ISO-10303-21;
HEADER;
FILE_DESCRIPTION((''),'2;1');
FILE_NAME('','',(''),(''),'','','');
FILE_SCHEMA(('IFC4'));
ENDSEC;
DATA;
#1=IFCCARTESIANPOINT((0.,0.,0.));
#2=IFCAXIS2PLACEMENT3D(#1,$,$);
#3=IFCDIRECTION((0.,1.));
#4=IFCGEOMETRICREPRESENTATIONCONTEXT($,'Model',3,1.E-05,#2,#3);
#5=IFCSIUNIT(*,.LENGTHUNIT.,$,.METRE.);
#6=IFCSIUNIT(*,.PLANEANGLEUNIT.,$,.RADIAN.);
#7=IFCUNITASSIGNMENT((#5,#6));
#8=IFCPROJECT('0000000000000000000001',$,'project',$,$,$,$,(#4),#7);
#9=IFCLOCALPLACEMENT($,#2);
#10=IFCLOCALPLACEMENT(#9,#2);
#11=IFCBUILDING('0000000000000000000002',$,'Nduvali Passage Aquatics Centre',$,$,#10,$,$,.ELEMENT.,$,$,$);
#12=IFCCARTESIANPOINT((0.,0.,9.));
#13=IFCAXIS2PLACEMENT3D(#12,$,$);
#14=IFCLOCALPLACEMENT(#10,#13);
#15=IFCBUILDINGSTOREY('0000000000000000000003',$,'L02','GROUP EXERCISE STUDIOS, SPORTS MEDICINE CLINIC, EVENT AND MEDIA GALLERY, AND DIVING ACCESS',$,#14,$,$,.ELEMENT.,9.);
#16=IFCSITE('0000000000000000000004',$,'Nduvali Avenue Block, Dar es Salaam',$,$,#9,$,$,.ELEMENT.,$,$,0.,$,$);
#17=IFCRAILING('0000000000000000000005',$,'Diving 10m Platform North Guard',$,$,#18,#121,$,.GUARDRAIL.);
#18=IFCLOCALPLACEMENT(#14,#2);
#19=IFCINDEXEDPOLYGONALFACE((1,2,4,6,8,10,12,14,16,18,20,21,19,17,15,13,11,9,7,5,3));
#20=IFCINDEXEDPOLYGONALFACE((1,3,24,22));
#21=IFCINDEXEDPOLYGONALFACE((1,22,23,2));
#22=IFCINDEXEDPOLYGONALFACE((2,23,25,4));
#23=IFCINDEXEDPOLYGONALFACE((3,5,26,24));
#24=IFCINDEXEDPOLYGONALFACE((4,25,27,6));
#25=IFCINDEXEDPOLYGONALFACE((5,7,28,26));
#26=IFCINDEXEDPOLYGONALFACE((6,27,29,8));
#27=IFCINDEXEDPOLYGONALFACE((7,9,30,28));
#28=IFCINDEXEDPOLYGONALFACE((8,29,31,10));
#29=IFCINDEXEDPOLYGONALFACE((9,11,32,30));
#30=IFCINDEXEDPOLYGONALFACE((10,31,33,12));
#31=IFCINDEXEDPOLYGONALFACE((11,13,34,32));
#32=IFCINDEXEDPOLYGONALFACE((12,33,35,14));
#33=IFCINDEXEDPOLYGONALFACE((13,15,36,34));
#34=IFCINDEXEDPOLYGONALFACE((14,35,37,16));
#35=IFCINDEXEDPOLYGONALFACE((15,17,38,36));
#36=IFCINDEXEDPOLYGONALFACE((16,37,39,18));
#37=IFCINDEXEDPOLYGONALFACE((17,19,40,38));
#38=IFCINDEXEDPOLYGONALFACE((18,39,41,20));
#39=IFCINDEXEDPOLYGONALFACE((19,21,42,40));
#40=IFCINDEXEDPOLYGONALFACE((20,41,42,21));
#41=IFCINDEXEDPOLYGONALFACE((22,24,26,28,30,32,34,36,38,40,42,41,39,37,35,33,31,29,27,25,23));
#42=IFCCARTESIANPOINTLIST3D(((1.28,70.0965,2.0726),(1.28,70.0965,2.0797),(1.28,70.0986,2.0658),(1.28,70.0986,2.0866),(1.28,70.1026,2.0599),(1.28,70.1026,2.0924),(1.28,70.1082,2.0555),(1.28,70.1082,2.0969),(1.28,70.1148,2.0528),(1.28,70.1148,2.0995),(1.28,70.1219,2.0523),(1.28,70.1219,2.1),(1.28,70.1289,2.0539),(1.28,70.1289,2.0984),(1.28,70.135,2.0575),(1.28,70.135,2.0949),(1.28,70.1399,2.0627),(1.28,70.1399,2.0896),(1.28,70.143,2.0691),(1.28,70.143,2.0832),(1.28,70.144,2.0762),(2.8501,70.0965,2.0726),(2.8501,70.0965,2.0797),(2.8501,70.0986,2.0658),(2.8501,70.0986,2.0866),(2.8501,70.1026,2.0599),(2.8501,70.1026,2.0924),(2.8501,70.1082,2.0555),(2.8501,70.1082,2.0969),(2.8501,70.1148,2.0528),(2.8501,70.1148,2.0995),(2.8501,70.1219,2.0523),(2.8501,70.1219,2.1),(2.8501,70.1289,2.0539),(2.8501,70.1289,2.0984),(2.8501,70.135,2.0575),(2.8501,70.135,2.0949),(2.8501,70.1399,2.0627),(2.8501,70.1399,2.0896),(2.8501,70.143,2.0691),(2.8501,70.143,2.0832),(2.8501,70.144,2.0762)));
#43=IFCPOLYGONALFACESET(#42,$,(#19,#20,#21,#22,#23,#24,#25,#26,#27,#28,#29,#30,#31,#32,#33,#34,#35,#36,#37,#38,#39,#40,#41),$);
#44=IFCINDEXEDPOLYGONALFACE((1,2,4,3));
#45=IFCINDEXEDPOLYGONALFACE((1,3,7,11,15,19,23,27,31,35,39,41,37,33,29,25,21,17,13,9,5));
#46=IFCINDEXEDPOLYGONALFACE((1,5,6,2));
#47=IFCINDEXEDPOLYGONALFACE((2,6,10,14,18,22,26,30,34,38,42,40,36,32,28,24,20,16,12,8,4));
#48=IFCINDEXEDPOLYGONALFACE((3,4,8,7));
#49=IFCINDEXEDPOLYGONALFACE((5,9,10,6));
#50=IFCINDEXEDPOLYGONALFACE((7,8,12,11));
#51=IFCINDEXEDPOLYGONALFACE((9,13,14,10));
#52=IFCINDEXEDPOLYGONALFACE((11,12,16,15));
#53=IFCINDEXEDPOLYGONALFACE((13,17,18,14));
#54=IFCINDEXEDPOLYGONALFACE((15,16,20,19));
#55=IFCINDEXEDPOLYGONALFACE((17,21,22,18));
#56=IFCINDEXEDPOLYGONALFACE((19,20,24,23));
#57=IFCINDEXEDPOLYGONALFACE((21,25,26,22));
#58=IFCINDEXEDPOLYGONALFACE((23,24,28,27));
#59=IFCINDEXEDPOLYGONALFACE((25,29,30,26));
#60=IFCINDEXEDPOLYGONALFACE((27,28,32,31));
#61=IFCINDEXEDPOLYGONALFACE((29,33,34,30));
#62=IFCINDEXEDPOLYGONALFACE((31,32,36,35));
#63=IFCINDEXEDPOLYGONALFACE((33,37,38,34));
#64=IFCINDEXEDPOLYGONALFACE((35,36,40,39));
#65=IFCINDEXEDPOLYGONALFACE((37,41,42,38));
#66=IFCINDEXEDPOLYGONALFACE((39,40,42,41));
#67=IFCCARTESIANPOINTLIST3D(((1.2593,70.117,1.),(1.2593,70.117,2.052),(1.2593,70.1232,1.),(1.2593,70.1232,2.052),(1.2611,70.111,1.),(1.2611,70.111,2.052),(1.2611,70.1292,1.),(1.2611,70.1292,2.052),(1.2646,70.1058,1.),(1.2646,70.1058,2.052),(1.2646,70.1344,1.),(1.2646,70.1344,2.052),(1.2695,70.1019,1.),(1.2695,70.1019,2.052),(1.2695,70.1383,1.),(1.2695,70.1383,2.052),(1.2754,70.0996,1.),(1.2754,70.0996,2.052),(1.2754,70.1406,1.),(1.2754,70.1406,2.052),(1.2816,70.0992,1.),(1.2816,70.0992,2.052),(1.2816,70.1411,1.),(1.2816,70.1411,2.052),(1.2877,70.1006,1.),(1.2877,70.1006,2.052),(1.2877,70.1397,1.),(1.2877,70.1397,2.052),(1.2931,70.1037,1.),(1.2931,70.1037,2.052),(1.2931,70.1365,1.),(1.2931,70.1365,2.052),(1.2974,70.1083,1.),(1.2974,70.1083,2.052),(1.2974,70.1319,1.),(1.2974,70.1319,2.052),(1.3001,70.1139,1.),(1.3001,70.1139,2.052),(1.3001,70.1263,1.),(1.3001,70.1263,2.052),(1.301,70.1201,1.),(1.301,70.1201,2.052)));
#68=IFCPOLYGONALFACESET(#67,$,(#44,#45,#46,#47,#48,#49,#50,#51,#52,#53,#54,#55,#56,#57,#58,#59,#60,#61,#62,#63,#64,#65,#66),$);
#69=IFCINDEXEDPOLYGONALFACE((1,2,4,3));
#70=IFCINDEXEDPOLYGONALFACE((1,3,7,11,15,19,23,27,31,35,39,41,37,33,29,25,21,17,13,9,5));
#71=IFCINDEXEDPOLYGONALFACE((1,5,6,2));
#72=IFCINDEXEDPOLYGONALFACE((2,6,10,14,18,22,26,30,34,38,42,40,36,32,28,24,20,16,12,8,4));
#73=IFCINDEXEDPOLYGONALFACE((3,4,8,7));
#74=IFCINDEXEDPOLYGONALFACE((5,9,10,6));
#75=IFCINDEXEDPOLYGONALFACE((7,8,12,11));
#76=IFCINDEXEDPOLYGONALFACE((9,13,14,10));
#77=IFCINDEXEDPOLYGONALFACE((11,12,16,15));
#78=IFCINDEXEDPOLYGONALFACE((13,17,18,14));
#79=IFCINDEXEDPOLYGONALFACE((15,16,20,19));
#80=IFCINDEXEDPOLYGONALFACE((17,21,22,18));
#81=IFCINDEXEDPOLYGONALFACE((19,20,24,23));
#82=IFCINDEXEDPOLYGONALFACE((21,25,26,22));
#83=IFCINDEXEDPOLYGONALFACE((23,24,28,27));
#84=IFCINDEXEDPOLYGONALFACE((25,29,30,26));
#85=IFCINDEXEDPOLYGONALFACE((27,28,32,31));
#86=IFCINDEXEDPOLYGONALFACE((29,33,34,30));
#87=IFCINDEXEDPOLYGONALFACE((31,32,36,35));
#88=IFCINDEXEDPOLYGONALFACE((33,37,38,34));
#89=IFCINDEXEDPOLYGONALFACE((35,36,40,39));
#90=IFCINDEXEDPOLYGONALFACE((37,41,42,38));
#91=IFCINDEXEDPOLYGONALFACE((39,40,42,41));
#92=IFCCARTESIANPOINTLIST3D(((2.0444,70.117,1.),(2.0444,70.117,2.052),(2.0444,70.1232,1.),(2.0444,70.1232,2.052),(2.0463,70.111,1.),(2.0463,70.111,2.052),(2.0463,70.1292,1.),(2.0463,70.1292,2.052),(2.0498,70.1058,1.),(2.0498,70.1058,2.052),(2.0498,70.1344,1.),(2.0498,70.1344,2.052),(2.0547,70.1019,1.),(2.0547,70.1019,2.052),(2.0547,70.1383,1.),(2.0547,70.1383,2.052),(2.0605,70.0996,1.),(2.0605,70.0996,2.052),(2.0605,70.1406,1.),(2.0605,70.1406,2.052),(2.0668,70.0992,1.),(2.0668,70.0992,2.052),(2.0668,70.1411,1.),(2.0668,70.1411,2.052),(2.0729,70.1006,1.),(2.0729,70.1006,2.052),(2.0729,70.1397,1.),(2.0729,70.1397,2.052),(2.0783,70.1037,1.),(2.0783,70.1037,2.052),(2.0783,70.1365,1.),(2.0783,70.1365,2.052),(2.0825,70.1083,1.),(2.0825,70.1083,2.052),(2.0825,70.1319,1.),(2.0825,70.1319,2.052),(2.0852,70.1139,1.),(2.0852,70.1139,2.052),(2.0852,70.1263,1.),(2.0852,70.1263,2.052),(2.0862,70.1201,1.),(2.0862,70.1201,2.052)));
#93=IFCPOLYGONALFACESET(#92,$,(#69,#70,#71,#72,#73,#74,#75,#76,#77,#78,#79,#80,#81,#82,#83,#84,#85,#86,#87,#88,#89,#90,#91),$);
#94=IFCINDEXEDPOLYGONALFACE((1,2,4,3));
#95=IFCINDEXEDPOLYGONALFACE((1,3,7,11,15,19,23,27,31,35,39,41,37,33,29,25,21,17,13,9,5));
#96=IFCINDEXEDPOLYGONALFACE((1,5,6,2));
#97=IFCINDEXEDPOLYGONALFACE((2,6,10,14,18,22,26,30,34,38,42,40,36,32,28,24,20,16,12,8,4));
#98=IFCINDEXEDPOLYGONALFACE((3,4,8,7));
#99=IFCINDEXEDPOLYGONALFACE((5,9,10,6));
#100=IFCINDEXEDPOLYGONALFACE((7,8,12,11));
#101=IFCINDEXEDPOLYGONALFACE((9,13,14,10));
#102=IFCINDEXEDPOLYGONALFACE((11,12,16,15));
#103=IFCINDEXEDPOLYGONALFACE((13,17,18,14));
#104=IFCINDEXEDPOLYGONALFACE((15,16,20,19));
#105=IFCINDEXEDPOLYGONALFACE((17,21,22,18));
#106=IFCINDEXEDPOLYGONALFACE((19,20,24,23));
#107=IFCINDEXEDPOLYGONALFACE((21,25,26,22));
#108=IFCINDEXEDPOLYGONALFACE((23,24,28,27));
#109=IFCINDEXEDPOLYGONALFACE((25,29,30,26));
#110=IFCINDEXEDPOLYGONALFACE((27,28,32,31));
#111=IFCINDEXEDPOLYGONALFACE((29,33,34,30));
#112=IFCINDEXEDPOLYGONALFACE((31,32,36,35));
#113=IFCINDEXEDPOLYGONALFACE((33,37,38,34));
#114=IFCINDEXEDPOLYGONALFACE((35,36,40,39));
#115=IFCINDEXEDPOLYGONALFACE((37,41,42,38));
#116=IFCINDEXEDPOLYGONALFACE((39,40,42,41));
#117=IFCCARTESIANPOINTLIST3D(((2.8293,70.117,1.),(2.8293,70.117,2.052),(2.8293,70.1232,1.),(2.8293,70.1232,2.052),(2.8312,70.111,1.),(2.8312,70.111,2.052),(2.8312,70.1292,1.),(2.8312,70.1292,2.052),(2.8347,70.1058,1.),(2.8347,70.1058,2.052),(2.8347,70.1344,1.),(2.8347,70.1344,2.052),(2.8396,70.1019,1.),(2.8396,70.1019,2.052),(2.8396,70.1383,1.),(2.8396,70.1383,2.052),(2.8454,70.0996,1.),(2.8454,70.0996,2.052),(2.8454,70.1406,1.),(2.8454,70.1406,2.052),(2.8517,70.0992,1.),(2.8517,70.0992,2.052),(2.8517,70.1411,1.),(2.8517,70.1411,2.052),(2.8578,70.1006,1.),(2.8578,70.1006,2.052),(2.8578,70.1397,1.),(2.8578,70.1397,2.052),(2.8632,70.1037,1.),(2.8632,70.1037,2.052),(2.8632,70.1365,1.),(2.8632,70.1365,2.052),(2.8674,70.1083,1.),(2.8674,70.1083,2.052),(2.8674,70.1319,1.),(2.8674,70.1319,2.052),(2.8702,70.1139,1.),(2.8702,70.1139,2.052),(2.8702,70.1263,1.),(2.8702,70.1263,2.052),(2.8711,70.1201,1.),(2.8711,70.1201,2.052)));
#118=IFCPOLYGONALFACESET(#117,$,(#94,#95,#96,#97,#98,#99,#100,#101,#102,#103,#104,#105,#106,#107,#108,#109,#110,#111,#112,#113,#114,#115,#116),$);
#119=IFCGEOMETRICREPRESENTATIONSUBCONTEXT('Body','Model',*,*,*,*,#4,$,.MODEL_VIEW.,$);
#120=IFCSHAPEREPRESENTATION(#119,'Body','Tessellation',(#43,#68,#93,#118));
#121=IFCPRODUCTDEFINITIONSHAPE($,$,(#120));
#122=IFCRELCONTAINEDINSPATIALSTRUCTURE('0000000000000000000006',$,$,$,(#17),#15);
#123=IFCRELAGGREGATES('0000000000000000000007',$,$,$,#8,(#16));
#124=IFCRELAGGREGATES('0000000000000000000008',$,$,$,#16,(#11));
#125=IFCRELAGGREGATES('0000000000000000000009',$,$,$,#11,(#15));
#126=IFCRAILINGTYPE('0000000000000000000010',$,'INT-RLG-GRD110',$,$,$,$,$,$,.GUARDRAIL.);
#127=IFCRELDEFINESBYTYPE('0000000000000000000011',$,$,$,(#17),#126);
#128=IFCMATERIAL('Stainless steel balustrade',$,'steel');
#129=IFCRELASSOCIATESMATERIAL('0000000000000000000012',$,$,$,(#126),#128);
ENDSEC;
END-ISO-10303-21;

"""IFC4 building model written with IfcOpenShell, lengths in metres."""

from ifc_helpers import new_model, si_unit, direction, frame, origin, origin_2d, place, context, subcontext, project, spatial, circle, extrude, material, type_object, element, save


model = new_model("IFC4")

# Units and contexts
model_context = context("Model", 3, precision=1e-05, world=origin(), true_north=direction((0.0, 1.0)))
body_context = subcontext(model_context, "Body", "Model", "MODEL_VIEW")
ifc_project = project(units=[si_unit("LENGTHUNIT", "METRE"), si_unit("PLANEANGLEUNIT", "RADIAN")], contexts=[model_context])

# Site, building, storey
site_placement = place(None, origin())
site = spatial("IfcSite", under=ifc_project, at=site_placement, Name="Nduvali Avenue Block, Dar es Salaam", CompositionType="ELEMENT", RefElevation=0.0)
building_placement = place(site_placement, origin())
building = spatial("IfcBuilding", under=site, at=building_placement, Name="Nduvali Passage Aquatics Centre", CompositionType="ELEMENT")
storey_placement = place(building_placement, frame((0.0, 0.0, 9.0)))
storey = spatial("IfcBuildingStorey", under=building, at=storey_placement, Name="L02", Description="GROUP EXERCISE STUDIOS, SPORTS MEDICINE CLINIC, EVENT AND MEDIA GALLERY, AND DIVING ACCESS", CompositionType="ELEMENT", Elevation=9.0)

# Railing
ifc_material_1 = material(Name="Stainless steel balustrade", Category="steel")
railing_type = type_object("IfcRailingType", Name="INT-RLG-GRD110", PredefinedType="GUARDRAIL", material=ifc_material_1)
railing_1_placement = place(storey_placement, frame((1.28, 70.1201, 1.0)))
element("IfcRailing", 1, at=railing_1_placement, inside=storey, type_object=railing_type, Name="Diving 10m Platform North Guard", PredefinedType="GUARDRAIL", context=body_context, shape_type="SweptSolid", body=[
    extrude(circle(Radius=0.0239, at=origin_2d()), frame((0.0, 0.0, 1.0762), z_axis=(1.0, 0.0, 0.0), x_axis=(0.0, 1.0, 0.0)), (0.0, 0.0, 1.0), 1.5701),
    extrude(circle(Radius=0.021, at=origin_2d()), origin(), (0.0, 0.0, 1.0), 1.052),
    extrude(circle(Radius=0.021, at=origin_2d()), frame((0.7852, 0.0, 0.0)), (0.0, 0.0, 1.0), 1.052),
    extrude(circle(Radius=0.021, at=origin_2d()), frame((1.5701, 0.0, 0.0)), (0.0, 0.0, 1.0), 1.052),
])

save(model, "model.ifc")
